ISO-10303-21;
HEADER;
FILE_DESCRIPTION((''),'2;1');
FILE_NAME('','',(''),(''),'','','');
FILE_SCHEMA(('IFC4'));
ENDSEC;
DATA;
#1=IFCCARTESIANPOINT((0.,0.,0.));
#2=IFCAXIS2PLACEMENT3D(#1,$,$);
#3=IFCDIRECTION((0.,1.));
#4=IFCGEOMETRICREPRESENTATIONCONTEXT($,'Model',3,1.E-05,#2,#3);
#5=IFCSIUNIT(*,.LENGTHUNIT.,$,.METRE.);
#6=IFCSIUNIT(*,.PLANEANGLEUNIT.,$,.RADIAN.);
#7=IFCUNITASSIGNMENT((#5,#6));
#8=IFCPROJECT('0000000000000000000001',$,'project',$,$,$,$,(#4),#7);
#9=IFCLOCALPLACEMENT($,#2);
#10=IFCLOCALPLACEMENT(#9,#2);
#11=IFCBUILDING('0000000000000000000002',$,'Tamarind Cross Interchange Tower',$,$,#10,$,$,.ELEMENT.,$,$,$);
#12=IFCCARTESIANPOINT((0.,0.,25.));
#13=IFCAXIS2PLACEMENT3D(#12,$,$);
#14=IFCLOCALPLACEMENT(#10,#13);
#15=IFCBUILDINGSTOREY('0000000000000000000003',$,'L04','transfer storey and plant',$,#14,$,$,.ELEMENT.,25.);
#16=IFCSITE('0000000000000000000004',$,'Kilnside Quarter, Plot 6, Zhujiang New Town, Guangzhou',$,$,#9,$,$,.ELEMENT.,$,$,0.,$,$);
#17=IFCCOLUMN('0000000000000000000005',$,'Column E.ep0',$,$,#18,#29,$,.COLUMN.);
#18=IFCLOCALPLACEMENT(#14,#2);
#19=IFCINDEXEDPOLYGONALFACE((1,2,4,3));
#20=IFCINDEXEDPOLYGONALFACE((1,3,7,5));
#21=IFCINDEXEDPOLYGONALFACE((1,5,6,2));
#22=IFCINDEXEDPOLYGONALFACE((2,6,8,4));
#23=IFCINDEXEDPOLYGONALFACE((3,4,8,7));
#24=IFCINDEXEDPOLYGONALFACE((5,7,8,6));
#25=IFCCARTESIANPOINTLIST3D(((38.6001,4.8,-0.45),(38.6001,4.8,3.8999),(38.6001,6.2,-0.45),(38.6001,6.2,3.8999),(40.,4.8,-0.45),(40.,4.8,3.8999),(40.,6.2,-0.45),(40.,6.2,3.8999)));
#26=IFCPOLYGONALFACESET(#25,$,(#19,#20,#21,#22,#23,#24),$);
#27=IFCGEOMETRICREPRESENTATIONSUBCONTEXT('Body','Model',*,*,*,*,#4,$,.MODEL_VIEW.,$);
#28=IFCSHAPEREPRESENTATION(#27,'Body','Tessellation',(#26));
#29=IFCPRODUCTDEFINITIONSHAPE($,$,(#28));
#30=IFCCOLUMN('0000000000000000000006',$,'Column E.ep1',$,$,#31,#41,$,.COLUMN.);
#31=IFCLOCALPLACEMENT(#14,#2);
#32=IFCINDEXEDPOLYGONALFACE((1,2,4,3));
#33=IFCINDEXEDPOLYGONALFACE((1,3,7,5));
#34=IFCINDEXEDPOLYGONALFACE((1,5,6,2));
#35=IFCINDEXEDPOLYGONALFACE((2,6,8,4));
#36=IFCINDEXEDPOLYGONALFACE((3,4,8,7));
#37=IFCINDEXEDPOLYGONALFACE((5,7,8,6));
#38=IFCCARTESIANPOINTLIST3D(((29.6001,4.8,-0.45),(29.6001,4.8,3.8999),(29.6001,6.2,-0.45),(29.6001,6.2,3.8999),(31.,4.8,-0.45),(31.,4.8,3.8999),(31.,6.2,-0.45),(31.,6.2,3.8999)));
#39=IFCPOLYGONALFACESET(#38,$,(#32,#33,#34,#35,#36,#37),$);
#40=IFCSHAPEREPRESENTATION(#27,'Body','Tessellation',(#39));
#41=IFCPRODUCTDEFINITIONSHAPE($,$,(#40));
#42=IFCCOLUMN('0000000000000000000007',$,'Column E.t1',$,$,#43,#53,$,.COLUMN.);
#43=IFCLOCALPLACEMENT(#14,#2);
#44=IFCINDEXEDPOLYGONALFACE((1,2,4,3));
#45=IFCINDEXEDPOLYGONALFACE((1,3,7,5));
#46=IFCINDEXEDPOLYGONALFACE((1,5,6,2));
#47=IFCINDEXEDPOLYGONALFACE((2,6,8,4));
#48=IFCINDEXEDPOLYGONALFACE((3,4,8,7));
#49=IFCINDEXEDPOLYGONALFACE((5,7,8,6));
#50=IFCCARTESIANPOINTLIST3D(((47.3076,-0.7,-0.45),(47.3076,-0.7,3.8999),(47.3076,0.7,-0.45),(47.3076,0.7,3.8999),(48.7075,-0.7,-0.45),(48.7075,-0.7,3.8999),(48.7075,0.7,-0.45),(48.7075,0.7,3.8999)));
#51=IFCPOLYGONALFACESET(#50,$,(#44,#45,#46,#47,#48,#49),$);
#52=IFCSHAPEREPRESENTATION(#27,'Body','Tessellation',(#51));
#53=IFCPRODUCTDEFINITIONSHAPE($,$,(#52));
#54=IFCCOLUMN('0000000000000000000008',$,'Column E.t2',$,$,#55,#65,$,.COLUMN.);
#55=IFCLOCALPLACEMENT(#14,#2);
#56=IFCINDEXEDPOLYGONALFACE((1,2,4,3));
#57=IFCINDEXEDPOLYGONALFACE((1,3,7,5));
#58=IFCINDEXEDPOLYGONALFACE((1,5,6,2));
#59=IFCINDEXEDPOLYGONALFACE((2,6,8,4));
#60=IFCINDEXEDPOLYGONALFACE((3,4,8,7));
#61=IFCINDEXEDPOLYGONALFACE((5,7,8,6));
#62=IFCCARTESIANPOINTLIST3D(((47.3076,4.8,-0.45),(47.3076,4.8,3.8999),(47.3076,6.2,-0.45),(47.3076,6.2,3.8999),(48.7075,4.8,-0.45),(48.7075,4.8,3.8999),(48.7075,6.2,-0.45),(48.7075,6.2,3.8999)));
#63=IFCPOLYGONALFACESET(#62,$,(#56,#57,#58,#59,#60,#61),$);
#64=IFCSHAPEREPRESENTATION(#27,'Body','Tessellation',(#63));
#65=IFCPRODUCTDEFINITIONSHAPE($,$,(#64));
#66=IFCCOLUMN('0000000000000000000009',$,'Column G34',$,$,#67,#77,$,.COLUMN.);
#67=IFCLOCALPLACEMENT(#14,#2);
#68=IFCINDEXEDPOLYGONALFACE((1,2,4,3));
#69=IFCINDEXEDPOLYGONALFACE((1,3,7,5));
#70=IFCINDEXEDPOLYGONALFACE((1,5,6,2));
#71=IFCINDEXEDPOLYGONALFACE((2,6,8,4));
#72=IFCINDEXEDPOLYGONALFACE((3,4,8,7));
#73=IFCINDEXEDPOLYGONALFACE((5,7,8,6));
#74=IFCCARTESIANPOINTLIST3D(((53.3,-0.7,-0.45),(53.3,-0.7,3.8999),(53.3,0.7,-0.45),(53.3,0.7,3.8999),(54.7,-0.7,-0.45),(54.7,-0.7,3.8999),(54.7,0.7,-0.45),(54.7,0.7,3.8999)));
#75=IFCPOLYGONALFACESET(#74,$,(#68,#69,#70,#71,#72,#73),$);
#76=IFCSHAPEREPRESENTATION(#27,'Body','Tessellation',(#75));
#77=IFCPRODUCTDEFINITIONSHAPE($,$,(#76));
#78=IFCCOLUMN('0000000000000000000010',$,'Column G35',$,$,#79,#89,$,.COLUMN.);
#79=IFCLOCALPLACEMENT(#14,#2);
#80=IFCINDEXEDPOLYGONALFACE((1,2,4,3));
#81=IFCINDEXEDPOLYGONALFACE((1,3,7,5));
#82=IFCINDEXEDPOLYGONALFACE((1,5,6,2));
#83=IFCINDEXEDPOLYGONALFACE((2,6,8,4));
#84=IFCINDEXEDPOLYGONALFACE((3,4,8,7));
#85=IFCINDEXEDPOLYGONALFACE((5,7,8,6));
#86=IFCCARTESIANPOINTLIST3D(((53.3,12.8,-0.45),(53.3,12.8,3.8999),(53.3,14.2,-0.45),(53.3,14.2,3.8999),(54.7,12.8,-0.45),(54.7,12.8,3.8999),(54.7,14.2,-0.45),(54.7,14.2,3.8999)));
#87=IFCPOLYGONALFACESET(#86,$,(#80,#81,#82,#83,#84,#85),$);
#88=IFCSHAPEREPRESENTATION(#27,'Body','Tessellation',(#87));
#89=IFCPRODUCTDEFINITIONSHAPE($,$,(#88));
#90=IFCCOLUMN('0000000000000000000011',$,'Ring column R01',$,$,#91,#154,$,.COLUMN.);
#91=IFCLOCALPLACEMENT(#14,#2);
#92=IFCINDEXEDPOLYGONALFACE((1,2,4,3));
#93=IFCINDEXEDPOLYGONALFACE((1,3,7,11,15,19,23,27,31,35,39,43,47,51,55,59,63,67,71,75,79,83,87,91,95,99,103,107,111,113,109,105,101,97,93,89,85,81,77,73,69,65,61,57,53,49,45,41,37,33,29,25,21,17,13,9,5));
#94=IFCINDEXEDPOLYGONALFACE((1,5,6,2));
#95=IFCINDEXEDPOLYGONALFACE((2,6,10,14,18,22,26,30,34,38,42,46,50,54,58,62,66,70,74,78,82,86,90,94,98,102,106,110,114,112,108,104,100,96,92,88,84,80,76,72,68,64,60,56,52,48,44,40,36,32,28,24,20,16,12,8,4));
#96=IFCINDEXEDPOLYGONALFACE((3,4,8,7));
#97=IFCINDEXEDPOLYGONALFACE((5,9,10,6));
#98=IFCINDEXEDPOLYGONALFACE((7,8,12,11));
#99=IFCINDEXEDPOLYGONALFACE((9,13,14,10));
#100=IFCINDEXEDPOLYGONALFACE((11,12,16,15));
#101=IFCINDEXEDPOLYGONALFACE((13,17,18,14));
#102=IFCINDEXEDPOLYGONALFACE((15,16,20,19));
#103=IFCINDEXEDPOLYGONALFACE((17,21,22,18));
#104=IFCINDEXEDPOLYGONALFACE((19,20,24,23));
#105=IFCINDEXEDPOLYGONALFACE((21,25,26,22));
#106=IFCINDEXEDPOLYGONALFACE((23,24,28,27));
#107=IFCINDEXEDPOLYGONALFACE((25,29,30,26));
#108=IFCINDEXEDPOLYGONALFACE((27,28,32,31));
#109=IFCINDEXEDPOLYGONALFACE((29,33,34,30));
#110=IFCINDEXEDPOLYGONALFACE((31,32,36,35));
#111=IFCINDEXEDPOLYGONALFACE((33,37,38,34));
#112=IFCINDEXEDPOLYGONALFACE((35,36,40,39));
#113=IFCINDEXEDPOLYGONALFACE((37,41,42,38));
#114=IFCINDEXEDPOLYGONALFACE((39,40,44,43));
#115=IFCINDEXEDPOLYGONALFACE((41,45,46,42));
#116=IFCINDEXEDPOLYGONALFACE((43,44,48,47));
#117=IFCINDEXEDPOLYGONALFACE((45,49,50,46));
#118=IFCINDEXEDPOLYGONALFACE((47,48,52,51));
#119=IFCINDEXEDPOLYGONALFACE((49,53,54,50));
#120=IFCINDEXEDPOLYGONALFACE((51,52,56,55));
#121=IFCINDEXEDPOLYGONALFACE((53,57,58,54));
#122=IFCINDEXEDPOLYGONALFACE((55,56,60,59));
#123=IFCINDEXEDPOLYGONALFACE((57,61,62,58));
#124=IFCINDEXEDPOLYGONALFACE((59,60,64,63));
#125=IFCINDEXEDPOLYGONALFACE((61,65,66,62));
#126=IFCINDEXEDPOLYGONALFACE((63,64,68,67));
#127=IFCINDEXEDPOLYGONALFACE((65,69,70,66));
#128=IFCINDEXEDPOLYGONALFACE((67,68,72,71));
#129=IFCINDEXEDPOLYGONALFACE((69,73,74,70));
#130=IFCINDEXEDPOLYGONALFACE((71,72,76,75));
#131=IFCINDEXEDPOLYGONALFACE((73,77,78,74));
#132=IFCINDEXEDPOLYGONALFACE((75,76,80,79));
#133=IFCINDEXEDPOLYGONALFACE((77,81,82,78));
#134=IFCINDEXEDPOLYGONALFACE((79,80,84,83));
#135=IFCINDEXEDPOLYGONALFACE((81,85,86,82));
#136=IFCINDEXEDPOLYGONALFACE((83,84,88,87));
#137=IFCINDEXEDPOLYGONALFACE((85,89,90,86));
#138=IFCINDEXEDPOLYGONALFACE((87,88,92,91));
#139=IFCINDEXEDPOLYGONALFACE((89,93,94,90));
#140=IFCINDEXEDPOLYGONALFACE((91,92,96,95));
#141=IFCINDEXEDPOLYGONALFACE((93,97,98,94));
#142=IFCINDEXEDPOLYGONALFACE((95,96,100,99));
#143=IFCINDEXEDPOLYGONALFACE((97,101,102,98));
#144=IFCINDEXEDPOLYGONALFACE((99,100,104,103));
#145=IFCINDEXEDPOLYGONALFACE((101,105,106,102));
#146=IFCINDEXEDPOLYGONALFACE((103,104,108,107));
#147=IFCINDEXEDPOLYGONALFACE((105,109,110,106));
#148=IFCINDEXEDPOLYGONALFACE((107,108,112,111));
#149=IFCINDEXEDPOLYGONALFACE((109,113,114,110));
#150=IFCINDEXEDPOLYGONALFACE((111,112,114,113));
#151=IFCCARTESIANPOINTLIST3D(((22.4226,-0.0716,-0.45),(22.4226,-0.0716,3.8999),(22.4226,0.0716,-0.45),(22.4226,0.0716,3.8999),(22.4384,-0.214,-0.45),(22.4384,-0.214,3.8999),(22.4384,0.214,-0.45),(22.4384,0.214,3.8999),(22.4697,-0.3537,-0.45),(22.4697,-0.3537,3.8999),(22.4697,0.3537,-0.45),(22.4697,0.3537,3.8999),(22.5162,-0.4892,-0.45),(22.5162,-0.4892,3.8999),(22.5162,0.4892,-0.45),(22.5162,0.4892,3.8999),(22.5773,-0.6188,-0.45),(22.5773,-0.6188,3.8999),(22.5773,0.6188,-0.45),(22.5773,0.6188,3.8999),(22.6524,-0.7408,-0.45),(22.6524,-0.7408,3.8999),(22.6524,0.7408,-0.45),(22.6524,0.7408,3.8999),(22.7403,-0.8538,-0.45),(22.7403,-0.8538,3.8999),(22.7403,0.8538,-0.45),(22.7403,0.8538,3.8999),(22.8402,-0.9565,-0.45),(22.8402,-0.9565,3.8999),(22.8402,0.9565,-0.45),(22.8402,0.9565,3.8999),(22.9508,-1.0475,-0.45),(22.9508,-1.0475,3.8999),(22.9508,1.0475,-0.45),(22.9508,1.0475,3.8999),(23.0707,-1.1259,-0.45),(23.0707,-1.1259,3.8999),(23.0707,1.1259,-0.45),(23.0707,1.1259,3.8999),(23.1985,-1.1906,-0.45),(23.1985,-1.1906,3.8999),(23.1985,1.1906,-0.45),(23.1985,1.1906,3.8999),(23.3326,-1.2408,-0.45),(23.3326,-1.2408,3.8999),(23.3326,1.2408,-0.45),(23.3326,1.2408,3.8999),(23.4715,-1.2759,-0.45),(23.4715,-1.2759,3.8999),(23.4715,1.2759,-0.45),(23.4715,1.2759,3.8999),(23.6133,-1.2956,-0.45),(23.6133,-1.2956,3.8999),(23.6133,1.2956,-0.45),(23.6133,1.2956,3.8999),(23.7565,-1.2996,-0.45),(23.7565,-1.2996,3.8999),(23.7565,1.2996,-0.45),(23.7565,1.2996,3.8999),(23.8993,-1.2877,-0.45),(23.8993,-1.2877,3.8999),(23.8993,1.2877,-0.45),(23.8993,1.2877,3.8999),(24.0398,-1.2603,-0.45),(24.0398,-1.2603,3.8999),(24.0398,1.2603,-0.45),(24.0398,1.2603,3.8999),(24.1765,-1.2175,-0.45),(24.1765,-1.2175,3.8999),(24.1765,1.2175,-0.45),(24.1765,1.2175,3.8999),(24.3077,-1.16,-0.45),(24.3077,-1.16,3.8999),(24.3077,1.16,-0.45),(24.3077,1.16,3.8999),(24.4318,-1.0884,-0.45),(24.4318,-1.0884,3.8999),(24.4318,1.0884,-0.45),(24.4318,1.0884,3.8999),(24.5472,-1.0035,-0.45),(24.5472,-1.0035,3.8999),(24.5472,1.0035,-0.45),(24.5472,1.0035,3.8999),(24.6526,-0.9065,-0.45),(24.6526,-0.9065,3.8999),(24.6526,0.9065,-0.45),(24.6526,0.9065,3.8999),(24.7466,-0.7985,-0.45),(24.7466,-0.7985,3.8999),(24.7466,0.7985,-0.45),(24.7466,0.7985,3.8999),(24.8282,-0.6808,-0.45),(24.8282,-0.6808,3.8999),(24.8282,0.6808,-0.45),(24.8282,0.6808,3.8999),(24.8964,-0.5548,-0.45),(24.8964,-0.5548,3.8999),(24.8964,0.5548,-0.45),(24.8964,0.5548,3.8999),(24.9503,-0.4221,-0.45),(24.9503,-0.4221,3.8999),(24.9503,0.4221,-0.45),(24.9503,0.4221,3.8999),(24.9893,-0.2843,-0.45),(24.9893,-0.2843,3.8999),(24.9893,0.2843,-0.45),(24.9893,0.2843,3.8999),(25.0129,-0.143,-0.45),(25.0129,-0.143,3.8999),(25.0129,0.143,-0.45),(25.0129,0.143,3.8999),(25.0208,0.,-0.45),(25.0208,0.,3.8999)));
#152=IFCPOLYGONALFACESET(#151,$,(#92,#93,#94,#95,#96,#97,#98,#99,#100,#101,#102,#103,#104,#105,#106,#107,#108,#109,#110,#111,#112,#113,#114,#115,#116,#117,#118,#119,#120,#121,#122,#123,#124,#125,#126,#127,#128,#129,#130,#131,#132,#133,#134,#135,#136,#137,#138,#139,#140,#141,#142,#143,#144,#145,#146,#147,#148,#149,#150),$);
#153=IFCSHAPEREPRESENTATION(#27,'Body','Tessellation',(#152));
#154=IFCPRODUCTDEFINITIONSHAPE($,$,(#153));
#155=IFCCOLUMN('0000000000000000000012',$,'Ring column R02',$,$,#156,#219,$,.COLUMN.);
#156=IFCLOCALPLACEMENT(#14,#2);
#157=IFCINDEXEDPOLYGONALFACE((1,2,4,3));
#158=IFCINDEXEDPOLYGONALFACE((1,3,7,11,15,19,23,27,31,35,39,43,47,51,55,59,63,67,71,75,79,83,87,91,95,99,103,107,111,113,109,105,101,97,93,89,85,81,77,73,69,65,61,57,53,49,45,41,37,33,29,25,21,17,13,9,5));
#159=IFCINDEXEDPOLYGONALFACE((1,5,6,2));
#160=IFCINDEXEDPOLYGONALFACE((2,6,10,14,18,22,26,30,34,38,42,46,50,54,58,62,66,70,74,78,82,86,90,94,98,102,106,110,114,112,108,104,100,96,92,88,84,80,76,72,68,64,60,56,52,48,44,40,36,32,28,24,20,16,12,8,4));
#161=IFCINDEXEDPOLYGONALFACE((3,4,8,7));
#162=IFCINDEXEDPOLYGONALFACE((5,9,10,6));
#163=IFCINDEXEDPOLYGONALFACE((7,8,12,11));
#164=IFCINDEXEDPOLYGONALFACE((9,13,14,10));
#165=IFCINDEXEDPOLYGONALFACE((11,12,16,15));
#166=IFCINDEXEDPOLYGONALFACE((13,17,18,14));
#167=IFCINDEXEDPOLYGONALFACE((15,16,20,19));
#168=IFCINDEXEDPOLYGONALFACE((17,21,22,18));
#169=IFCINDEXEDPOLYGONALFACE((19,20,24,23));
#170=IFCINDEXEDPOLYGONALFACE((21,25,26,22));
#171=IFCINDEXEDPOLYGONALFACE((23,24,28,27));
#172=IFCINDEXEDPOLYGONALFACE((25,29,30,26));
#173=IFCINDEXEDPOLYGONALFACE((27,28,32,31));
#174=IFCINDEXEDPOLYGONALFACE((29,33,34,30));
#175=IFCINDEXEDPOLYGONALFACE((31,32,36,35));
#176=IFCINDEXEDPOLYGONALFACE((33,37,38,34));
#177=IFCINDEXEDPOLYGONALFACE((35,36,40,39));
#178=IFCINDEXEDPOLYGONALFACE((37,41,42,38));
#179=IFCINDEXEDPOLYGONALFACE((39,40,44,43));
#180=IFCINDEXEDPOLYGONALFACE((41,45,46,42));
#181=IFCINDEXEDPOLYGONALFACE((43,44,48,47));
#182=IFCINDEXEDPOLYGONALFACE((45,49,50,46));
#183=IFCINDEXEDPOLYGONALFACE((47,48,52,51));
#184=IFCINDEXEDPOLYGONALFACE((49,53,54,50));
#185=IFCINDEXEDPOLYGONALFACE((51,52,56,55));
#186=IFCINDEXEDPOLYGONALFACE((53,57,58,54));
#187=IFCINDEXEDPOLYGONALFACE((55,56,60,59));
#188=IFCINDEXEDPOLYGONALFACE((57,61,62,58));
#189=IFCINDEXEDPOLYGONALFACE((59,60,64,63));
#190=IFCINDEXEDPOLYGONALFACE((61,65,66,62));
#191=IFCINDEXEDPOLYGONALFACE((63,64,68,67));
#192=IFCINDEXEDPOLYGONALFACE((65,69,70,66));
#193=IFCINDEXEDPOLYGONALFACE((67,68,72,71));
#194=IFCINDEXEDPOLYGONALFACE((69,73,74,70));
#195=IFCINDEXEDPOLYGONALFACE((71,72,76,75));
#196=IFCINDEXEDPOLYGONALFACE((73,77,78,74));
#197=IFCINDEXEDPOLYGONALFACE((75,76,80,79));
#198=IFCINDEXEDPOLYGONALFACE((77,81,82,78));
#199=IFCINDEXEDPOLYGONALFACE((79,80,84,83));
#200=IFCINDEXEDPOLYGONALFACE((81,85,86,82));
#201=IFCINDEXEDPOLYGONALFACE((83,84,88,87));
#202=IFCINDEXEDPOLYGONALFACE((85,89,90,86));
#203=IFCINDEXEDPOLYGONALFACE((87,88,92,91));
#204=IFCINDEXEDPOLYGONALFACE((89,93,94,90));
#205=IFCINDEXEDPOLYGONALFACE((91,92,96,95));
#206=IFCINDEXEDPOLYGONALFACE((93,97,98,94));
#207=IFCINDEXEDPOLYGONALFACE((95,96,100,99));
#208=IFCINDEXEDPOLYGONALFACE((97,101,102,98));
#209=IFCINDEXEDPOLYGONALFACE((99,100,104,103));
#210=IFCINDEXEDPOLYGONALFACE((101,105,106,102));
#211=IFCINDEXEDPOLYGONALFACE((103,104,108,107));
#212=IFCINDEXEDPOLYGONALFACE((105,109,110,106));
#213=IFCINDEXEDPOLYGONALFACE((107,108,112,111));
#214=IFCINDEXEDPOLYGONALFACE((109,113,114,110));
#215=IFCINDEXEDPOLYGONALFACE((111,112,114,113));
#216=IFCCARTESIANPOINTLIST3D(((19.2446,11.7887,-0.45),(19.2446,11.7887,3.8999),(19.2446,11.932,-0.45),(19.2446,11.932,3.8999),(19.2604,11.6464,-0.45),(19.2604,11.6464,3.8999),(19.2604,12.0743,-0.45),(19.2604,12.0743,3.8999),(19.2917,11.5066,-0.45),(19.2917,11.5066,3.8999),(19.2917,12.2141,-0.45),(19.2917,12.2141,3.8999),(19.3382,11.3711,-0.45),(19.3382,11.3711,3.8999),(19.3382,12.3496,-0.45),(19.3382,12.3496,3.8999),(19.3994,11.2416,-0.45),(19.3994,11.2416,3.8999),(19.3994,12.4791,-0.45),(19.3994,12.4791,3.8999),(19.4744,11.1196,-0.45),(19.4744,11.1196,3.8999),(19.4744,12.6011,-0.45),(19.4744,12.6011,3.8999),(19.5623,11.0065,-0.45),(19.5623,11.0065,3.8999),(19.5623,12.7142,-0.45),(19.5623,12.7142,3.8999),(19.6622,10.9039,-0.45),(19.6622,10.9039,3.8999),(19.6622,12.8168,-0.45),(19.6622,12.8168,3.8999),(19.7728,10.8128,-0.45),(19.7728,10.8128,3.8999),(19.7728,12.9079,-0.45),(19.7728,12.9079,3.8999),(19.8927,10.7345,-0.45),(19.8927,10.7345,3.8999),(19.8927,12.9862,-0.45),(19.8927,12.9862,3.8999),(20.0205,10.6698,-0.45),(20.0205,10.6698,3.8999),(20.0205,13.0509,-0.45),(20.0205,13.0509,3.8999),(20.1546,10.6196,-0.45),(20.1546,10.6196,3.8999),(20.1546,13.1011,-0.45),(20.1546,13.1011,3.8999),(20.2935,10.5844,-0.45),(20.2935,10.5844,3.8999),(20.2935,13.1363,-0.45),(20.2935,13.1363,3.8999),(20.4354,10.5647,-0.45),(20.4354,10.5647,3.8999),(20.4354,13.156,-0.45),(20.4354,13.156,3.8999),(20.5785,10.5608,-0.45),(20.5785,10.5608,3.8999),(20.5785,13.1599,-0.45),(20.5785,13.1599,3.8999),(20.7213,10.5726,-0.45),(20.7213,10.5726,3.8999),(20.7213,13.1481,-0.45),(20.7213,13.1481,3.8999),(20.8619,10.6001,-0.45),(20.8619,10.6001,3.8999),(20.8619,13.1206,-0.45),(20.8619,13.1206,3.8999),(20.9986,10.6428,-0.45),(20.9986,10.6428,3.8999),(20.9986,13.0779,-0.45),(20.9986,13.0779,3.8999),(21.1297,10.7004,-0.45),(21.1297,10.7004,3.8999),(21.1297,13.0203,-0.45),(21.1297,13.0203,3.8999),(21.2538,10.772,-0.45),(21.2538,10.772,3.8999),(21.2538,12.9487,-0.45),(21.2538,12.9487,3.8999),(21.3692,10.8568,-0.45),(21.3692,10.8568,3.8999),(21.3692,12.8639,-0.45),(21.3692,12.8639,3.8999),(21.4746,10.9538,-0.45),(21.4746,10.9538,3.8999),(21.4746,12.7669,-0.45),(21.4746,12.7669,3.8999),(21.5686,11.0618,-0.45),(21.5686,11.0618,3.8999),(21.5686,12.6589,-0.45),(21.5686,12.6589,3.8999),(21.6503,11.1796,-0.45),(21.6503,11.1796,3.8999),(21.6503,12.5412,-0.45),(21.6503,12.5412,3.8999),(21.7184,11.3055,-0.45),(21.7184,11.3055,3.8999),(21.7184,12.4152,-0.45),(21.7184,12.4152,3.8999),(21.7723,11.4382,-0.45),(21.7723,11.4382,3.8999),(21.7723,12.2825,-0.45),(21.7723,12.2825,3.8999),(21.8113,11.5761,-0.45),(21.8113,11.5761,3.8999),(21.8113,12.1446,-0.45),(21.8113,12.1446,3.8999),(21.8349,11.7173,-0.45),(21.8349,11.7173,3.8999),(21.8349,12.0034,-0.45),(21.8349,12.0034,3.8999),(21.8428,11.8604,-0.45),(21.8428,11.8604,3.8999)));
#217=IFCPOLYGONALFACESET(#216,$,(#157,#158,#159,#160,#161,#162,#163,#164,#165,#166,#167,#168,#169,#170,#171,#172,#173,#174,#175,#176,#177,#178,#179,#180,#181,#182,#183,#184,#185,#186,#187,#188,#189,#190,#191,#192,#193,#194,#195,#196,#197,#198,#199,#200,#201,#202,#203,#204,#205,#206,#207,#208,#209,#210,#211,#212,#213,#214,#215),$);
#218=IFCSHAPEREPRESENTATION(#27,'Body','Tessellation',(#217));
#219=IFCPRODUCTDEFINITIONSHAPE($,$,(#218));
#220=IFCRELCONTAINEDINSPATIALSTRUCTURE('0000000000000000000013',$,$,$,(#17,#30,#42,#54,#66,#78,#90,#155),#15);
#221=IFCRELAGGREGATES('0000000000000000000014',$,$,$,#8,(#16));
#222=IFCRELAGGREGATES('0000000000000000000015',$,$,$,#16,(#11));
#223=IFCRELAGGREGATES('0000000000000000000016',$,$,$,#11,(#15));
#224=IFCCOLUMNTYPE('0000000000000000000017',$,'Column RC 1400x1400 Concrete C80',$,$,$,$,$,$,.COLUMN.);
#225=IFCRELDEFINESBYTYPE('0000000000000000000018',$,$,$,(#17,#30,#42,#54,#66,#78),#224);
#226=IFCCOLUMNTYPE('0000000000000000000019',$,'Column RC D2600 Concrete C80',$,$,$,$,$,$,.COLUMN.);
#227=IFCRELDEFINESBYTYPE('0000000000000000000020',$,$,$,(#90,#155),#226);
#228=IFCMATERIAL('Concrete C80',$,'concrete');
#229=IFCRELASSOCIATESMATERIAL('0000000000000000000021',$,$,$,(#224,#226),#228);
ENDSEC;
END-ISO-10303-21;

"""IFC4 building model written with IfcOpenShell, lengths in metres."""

from ifc_helpers import new_model, si_unit, direction, frame, origin, origin_2d, place, context, subcontext, project, spatial, rectangle, circle, extrude, material, material_profile, profile_set, type_object, element, save


model = new_model("IFC4")

# Units and contexts
model_context = context("Model", 3, precision=1e-05, world=origin(), true_north=direction((0.0, 1.0)))
body_context = subcontext(model_context, "Body", "Model", "MODEL_VIEW")
ifc_project = project(units=[si_unit("LENGTHUNIT", "METRE"), si_unit("PLANEANGLEUNIT", "RADIAN")], contexts=[model_context])

# Site, building, storey
site_placement = place(None, origin())
site = spatial("IfcSite", under=ifc_project, at=site_placement, Name="Kilnside Quarter, Plot 6, Zhujiang New Town, Guangzhou", CompositionType="ELEMENT", RefElevation=0.0)
building_placement = place(site_placement, origin())
building = spatial("IfcBuilding", under=site, at=building_placement, Name="Tamarind Cross Interchange Tower", CompositionType="ELEMENT")
storey_placement = place(building_placement, frame((0.0, 0.0, 25.0)))
storey = spatial("IfcBuildingStorey", under=building, at=storey_placement, Name="L04", Description="transfer storey and plant", CompositionType="ELEMENT", Elevation=25.0)

# Columns
ifc_material_1 = material(Name="Concrete C80", Category="concrete")
ifc_material_profile_1 = material_profile(ifc_material_1, rectangle(XDim=1.3999, YDim=1.3999, at=origin_2d()), Name="RC 1400x1400")
ifc_profile_set_1 = profile_set([ifc_material_profile_1], Name="Concrete C80")
column_type_1 = type_object("IfcColumnType", Name="Column RC 1400x1400 Concrete C80", PredefinedType="COLUMN", material=ifc_profile_set_1)
for number, where, z_axis, x_axis, name in (
    (1, (39.3, 5.5, -0.45), (0.0, 0.0, 1.0), (1.0, 0.0, 0.0), "Column E.ep0"),
    (2, (30.3, 5.5, -0.45), (0.0, 0.0, 1.0), (1.0, 0.0, 0.0), "Column E.ep1"),
    (3, (48.0076, 0.0, -0.45), (0.0, 0.0, 1.0), (1.0, 0.0, 0.0), "Column E.t1"),
    (4, (48.0076, 5.5, -0.45), (0.0, 0.0, 1.0), (1.0, 0.0, 0.0), "Column E.t2"),
    (5, (54.0, 0.0, -0.45), (0.0, 0.0, 1.0), (1.0, 0.0, 0.0), "Column G34"),
    (6, (54.0, 13.5, -0.45), (0.0, 0.0, 1.0), (1.0, 0.0, 0.0), "Column G35"),
):
    element("IfcColumn", number, at=place(storey_placement, frame(where, z_axis=z_axis, x_axis=x_axis)), inside=storey, type_object=column_type_1, Name=name, PredefinedType="COLUMN", context=body_context, shape_type="SweptSolid", body=[
        extrude(rectangle(XDim=1.3999, YDim=1.3999, at=origin_2d()), origin(), (0.0, 0.0, 1.0), 4.3499),
    ])
ifc_material_profile_2 = material_profile(ifc_material_1, circle(Radius=1.3, at=origin_2d()), Name="RC D2600")
ifc_profile_set_2 = profile_set([ifc_material_profile_2], Name="Concrete C80")
column_type_2 = type_object("IfcColumnType", Name="Column RC D2600 Concrete C80", PredefinedType="COLUMN", material=ifc_profile_set_2)
for number, where, z_axis, x_axis, name in (
    (7, (23.7207, 0.0, -0.45), (0.0, 0.0, 1.0), (1.0, 0.0, 0.0), "Ring column R01"),
    (8, (20.5427, 11.8604, -0.45), (0.0, 0.0, 1.0), (1.0, 0.0, 0.0), "Ring column R02"),
):
    element("IfcColumn", number, at=place(storey_placement, frame(where, z_axis=z_axis, x_axis=x_axis)), inside=storey, type_object=column_type_2, Name=name, PredefinedType="COLUMN", context=body_context, shape_type="SweptSolid", body=[
        extrude(circle(Radius=1.3, at=origin_2d()), origin(), (0.0, 0.0, 1.0), 4.3499),
    ])

save(model, "model.ifc")
